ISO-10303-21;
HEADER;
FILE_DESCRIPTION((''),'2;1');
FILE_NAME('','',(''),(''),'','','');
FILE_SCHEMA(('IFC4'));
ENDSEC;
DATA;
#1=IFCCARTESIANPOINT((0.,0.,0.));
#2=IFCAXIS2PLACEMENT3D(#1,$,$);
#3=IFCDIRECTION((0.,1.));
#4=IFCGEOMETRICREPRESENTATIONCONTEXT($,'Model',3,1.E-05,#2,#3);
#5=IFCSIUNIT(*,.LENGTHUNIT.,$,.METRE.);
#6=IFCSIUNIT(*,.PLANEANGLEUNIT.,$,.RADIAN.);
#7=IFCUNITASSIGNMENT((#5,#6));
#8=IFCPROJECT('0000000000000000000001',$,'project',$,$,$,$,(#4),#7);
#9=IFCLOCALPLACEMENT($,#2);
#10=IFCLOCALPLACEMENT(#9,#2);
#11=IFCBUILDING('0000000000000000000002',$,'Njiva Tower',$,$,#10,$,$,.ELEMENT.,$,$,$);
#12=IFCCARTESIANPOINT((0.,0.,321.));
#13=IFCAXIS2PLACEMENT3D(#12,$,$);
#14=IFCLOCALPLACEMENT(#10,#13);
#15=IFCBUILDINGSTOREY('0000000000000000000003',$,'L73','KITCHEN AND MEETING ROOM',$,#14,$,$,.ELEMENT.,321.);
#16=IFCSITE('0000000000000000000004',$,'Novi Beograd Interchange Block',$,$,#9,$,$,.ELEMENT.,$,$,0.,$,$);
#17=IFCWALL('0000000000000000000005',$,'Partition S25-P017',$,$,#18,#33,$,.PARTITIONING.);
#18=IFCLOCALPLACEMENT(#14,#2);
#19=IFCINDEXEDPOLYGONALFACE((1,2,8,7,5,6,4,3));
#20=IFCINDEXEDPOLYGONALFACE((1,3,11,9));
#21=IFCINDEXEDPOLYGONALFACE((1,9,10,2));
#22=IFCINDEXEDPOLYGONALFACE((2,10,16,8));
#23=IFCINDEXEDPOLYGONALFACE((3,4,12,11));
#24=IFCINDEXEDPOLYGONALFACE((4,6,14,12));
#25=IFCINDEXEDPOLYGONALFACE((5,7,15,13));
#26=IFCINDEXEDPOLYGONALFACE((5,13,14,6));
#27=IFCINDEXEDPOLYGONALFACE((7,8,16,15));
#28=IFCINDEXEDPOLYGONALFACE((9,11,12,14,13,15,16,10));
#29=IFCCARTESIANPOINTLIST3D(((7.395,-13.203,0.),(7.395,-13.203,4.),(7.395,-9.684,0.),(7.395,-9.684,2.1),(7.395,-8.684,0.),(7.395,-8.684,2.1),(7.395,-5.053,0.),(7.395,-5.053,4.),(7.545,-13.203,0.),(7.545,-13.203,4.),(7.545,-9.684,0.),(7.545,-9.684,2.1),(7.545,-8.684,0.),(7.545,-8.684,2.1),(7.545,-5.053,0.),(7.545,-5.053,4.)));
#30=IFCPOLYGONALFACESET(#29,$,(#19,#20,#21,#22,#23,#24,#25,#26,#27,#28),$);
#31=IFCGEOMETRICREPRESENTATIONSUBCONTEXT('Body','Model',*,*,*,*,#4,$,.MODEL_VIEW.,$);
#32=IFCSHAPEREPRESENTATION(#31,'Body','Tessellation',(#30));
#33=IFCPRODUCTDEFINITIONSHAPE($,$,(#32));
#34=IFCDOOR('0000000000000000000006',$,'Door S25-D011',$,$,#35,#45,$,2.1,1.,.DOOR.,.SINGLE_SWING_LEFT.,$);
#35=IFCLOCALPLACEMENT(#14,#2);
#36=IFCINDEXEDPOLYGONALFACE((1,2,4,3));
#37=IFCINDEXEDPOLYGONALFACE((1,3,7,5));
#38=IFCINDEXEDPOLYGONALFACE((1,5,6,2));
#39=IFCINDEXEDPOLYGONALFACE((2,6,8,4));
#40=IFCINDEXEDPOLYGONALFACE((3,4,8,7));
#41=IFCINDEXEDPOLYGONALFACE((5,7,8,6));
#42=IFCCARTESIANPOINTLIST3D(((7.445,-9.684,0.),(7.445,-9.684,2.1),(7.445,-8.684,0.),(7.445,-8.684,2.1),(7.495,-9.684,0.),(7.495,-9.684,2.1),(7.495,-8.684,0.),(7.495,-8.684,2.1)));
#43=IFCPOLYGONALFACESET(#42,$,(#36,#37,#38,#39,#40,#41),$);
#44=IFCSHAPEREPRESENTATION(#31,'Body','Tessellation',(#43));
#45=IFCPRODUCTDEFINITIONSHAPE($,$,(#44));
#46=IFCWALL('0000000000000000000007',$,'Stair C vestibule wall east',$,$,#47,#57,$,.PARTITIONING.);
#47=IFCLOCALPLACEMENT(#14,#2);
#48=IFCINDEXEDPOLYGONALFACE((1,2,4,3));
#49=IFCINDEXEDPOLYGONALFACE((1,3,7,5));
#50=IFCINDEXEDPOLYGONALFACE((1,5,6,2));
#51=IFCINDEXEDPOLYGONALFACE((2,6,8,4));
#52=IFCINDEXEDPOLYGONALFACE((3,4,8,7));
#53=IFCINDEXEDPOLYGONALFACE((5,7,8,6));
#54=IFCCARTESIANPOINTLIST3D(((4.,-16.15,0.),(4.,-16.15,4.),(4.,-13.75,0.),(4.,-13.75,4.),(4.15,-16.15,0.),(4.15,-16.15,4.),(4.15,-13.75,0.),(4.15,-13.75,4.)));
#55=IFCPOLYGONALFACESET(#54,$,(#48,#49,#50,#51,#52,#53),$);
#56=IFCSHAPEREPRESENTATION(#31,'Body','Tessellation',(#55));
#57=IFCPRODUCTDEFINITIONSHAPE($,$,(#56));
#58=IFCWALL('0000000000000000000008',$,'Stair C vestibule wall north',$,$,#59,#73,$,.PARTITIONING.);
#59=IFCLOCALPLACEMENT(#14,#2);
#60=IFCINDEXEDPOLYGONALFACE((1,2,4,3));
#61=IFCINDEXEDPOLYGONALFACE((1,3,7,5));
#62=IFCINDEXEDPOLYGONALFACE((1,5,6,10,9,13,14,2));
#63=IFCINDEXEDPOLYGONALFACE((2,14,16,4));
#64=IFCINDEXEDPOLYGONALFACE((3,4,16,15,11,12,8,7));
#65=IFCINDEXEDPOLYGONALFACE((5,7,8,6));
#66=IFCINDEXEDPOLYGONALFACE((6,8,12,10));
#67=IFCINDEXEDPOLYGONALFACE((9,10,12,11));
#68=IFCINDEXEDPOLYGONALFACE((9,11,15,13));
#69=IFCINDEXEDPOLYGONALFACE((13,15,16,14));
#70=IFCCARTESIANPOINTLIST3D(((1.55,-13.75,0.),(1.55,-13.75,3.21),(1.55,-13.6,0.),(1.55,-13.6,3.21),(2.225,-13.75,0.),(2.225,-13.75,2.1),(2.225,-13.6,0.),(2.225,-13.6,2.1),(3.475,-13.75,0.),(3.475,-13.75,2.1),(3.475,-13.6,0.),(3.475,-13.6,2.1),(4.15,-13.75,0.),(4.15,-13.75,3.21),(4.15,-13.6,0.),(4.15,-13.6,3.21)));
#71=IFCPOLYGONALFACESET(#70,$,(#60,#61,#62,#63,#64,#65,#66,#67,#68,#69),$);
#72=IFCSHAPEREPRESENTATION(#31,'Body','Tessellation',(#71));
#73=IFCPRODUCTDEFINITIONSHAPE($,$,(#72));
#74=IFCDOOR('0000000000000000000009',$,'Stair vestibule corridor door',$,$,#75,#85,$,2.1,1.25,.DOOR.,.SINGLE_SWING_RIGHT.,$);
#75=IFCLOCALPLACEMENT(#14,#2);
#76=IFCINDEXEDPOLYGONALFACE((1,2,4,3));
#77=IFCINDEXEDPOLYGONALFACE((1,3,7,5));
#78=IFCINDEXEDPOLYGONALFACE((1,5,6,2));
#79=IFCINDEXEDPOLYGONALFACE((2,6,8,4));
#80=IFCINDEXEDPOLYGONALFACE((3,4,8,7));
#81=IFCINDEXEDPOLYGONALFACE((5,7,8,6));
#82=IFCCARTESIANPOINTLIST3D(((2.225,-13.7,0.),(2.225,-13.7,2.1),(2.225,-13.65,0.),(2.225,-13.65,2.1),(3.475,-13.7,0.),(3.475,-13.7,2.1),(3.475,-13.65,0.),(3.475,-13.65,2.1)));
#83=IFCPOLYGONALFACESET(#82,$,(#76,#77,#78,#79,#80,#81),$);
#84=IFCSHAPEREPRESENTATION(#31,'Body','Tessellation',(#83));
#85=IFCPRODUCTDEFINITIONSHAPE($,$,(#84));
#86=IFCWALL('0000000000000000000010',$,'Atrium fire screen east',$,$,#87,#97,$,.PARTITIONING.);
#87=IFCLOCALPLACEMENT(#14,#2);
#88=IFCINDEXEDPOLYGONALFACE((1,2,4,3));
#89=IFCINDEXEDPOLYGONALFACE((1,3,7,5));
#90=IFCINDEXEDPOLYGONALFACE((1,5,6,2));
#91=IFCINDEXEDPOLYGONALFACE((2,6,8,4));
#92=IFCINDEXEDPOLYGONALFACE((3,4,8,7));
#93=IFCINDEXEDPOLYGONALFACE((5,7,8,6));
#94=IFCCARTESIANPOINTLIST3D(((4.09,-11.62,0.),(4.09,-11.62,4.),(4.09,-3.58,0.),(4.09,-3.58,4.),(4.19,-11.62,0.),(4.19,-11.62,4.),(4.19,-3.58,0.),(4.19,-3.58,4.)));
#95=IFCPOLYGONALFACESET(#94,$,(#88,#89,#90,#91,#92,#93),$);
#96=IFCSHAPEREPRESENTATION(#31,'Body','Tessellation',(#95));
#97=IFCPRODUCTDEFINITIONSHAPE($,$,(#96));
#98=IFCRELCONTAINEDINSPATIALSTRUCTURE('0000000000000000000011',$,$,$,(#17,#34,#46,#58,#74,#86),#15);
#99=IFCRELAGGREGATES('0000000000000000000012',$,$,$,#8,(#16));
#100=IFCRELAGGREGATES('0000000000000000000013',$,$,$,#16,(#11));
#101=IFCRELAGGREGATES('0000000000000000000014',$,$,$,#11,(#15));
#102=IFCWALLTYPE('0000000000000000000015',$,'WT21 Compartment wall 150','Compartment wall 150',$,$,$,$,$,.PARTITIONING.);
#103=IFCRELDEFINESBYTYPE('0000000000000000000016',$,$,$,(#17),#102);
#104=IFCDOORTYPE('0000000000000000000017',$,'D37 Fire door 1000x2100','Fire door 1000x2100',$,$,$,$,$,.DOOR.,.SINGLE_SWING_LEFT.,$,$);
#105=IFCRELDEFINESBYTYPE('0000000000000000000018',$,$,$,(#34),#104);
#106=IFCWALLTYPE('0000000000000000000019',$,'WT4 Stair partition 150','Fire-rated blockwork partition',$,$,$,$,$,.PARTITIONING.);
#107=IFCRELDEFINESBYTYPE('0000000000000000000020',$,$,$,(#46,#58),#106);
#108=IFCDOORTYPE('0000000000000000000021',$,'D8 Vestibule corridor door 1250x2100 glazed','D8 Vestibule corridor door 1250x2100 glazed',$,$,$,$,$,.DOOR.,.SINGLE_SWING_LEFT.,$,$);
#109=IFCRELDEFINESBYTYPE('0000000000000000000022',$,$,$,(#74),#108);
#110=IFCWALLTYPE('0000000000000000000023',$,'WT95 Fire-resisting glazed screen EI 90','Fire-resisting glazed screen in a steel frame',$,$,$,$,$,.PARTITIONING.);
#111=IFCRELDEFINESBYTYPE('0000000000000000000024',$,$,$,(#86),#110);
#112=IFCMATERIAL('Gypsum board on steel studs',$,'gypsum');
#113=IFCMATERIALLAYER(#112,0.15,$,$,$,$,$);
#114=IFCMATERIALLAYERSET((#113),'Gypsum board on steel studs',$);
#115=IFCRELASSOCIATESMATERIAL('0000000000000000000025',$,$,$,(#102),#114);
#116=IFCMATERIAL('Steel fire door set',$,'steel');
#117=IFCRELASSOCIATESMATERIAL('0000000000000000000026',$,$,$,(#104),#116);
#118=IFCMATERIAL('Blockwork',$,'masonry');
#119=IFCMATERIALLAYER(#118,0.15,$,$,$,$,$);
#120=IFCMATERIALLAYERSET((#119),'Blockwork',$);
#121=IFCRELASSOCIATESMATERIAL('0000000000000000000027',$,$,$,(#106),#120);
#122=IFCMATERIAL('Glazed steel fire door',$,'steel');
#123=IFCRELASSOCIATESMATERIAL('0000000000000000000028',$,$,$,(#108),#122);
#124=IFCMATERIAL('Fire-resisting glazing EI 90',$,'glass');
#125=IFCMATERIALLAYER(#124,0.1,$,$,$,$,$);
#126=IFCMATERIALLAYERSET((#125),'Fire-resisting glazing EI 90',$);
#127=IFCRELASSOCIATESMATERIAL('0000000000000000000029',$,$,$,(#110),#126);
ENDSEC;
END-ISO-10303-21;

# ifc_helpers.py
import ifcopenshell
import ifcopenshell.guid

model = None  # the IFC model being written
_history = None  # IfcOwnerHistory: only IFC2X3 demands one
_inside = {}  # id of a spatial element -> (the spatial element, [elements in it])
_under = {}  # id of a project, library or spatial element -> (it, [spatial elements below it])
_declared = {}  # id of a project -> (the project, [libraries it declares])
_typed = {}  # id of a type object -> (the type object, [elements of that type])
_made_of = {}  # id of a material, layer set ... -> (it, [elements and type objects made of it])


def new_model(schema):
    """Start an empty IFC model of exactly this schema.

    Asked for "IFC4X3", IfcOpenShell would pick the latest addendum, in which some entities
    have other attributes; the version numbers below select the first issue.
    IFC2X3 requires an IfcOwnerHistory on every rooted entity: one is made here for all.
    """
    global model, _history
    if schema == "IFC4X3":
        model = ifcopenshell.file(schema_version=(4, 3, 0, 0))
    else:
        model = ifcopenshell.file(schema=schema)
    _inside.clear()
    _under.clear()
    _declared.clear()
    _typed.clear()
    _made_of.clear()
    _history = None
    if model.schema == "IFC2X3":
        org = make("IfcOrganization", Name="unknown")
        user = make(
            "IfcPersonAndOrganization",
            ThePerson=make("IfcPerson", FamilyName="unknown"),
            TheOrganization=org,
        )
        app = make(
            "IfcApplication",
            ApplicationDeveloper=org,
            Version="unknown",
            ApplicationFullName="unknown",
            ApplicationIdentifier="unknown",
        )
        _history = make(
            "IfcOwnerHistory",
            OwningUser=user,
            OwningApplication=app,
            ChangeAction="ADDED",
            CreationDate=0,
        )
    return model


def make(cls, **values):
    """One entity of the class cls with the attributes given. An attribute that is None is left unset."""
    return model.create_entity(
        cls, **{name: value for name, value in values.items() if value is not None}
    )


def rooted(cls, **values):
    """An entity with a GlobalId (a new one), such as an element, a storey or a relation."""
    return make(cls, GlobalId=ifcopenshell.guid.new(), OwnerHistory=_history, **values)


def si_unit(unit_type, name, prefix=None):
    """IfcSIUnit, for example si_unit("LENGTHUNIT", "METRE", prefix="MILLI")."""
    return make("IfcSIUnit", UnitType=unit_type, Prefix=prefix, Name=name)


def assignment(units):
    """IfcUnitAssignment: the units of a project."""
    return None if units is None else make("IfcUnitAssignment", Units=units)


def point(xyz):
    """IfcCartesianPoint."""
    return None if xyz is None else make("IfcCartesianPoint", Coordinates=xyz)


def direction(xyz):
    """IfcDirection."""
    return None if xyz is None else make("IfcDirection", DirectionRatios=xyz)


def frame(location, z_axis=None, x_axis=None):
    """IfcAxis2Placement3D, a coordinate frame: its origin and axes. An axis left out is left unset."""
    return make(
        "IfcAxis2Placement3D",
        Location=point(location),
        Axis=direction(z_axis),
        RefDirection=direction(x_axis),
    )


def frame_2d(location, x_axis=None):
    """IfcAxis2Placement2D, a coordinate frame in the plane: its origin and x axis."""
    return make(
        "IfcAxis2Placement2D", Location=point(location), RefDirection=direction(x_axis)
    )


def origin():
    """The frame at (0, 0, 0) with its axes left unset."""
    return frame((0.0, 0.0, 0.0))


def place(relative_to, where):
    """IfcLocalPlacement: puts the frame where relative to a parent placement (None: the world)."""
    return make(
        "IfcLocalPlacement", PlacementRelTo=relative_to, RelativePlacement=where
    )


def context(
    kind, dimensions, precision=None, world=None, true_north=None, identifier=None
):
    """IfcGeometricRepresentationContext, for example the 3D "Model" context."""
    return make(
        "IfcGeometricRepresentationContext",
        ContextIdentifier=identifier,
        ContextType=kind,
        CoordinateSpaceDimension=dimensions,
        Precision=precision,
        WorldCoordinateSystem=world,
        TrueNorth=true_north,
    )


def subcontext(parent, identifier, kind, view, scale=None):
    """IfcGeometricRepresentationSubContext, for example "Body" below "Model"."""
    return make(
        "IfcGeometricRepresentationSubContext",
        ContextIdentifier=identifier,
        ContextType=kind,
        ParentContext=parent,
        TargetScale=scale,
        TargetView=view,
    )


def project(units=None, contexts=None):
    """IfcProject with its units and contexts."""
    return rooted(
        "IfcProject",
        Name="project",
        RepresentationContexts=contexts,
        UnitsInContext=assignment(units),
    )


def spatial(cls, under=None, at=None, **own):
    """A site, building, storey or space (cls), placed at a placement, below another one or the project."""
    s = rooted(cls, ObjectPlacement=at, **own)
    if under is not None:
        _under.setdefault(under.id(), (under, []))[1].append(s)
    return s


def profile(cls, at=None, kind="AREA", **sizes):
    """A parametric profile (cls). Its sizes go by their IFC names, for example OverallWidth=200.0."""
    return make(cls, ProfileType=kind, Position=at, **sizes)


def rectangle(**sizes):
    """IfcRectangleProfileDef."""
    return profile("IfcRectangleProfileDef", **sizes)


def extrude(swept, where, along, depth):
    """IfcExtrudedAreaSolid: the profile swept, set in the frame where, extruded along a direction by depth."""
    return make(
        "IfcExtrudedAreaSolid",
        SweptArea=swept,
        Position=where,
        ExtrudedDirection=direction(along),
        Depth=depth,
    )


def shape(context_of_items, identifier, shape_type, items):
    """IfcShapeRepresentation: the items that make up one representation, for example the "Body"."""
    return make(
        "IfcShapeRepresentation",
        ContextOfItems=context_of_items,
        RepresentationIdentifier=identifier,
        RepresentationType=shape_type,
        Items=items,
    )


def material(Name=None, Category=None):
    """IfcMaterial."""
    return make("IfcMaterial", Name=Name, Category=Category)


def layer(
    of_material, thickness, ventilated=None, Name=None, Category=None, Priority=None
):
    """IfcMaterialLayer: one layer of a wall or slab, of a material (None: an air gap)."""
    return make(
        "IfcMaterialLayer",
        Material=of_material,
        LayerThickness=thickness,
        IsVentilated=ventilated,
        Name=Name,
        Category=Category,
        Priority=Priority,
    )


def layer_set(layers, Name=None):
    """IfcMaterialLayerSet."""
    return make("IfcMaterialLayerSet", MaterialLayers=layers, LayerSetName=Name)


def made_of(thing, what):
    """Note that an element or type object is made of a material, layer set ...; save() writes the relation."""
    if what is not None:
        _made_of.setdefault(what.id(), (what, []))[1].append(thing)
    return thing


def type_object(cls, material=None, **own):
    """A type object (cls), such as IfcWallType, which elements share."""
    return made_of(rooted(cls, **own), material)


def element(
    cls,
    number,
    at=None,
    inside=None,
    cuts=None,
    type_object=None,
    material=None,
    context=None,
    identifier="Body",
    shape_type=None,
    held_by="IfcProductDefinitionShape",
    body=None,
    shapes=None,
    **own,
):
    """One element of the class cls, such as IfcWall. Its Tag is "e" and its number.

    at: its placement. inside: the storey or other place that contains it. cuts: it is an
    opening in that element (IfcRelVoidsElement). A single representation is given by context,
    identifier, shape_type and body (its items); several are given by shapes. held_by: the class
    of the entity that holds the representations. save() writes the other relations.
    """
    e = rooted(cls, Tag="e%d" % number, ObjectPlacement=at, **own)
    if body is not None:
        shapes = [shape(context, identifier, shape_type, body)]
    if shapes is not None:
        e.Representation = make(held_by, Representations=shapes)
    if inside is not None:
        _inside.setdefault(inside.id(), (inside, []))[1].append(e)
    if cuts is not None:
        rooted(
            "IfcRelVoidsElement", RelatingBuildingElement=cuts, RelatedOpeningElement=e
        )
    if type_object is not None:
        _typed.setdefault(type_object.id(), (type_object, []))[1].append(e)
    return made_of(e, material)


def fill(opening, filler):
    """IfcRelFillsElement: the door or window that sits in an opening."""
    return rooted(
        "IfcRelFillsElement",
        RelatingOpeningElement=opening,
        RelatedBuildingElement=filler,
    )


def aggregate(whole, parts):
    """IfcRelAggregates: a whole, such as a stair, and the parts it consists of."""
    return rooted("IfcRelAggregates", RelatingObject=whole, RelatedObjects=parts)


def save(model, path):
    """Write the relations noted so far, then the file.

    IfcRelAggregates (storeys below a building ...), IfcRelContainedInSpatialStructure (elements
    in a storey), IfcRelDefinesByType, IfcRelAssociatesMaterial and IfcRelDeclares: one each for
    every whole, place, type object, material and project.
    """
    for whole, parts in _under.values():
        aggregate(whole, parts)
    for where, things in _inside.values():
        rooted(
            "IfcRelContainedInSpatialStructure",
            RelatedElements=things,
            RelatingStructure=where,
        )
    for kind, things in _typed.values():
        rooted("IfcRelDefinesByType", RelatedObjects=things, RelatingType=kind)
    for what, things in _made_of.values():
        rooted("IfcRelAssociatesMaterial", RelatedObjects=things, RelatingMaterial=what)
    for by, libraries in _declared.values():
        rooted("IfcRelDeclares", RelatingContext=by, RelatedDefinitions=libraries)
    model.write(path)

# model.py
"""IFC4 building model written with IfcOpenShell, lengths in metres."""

from ifc_helpers import new_model, si_unit, direction, frame, frame_2d, origin, place, context, subcontext, project, spatial, rectangle, extrude, material, layer, layer_set, type_object, element, fill, save


model = new_model("IFC4")

# Units and contexts
model_context = context("Model", 3, precision=1e-05, world=origin(), true_north=direction((0.0, 1.0)))
body_context = subcontext(model_context, "Body", "Model", "MODEL_VIEW")
ifc_project = project(units=[si_unit("LENGTHUNIT", "METRE"), si_unit("PLANEANGLEUNIT", "RADIAN")], contexts=[model_context])

# Site, building, storey
site_placement = place(None, origin())
site = spatial("IfcSite", under=ifc_project, at=site_placement, Name="Novi Beograd Interchange Block", CompositionType="ELEMENT", RefElevation=0.0)
building_placement = place(site_placement, origin())
building = spatial("IfcBuilding", under=site, at=building_placement, Name="Njiva Tower", CompositionType="ELEMENT")
storey_placement = place(building_placement, frame((0.0, 0.0, 321.0)))
storey = spatial("IfcBuildingStorey", under=building, at=storey_placement, Name="L73", Description="KITCHEN AND MEETING ROOM", CompositionType="ELEMENT", Elevation=321.0)

# Shared definitions
ifc_material_1 = material(Name="Gypsum board on steel studs", Category="gypsum")
ifc_layer_1 = layer(ifc_material_1, 0.15)
ifc_layer_set_1 = layer_set([ifc_layer_1], Name="Gypsum board on steel studs")
wall_type_1 = type_object("IfcWallType", Name="WT21 Compartment wall 150", Description="Compartment wall 150", PredefinedType="PARTITIONING", material=ifc_layer_set_1)

# Wall, opening, door
wall_1_placement = place(storey_placement, frame((7.47, -13.203, 0.0), z_axis=(0.0, 0.0, 1.0), x_axis=(0.0, 1.0, 0.0)))
wall_1 = element("IfcWall", 1, at=wall_1_placement, inside=storey, type_object=wall_type_1, Name="Partition S25-P017", PredefinedType="PARTITIONING", context=body_context, shape_type="SweptSolid", body=[
    extrude(rectangle(XDim=8.15, YDim=0.15, at=frame_2d((4.075, 0.0))), origin(), (0.0, 0.0, 1.0), 4.0),
])
opening_1_placement = place(wall_1_placement, frame((3.519, 0.0, 0.0)))
opening_1 = element("IfcOpeningElement", 2, at=opening_1_placement, cuts=wall_1, PredefinedType="OPENING", context=body_context, shape_type="SweptSolid", body=[
    extrude(rectangle(XDim=1.0, YDim=2.1, at=frame_2d((0.5, 1.05))), frame((0.0, 0.085, 0.0), z_axis=(0.0, -1.0, 0.0), x_axis=(1.0, 0.0, 0.0)), (0.0, 0.0, 1.0), 0.17),
])
ifc_material_2 = material(Name="Steel fire door set", Category="steel")
door_type_1 = type_object("IfcDoorType", Name="D37 Fire door 1000x2100", Description="Fire door 1000x2100", OperationType="SINGLE_SWING_LEFT", PredefinedType="DOOR", material=ifc_material_2)
door_1_placement = place(opening_1_placement, origin())
door_1 = element("IfcDoor", 3, at=door_1_placement, inside=storey, type_object=door_type_1, Name="Door S25-D011", OperationType="SINGLE_SWING_LEFT", OverallHeight=2.1, OverallWidth=1.0, PredefinedType="DOOR", context=body_context, shape_type="SweptSolid", body=[
    extrude(rectangle(XDim=1.0, YDim=2.1, at=frame_2d((0.5, 1.05))), frame((0.0, 0.025, 0.0), z_axis=(0.0, -1.0, 0.0), x_axis=(1.0, 0.0, 0.0)), (0.0, 0.0, 1.0), 0.05),
])
fill(opening_1, door_1)

# Wall
ifc_material_3 = material(Name="Blockwork", Category="masonry")
ifc_layer_2 = layer(ifc_material_3, 0.15)
ifc_layer_set_2 = layer_set([ifc_layer_2], Name="Blockwork")
wall_type_2 = type_object("IfcWallType", Name="WT4 Stair partition 150", Description="Fire-rated blockwork partition", PredefinedType="PARTITIONING", material=ifc_layer_set_2)
wall_2_placement = place(storey_placement, frame((4.075, -16.15, 0.0), z_axis=(0.0, 0.0, 1.0), x_axis=(0.0, 1.0, 0.0)))
element("IfcWall", 4, at=wall_2_placement, inside=storey, type_object=wall_type_2, Name="Stair C vestibule wall east", PredefinedType="PARTITIONING", context=body_context, shape_type="SweptSolid", body=[
    extrude(rectangle(XDim=2.4, YDim=0.15, at=frame_2d((1.2, 0.0))), origin(), (0.0, 0.0, 1.0), 4.0),
])

# Wall, opening, door
wall_3_placement = place(storey_placement, frame((1.55, -13.675, 0.0), z_axis=(0.0, 0.0, 1.0), x_axis=(1.0, 0.0, 0.0)))
wall_3 = element("IfcWall", 5, at=wall_3_placement, inside=storey, type_object=wall_type_2, Name="Stair C vestibule wall north", PredefinedType="PARTITIONING", context=body_context, shape_type="SweptSolid", body=[
    extrude(rectangle(XDim=2.6, YDim=0.15, at=frame_2d((1.3, 0.0))), origin(), (0.0, 0.0, 1.0), 3.21),
])
opening_2_placement = place(wall_3_placement, frame((0.675, 0.0, 0.0)))
opening_2 = element("IfcOpeningElement", 6, at=opening_2_placement, cuts=wall_3, PredefinedType="OPENING", context=body_context, shape_type="SweptSolid", body=[
    extrude(rectangle(XDim=1.25, YDim=2.1, at=frame_2d((0.625, 1.05))), frame((0.0, 0.085, 0.0), z_axis=(0.0, -1.0, 0.0), x_axis=(1.0, 0.0, 0.0)), (0.0, 0.0, 1.0), 0.17),
])
ifc_material_4 = material(Name="Glazed steel fire door", Category="steel")
door_type_2 = type_object("IfcDoorType", Name="D8 Vestibule corridor door 1250x2100 glazed", Description="D8 Vestibule corridor door 1250x2100 glazed", OperationType="SINGLE_SWING_LEFT", PredefinedType="DOOR", material=ifc_material_4)
door_2_placement = place(opening_2_placement, origin())
door_2 = element("IfcDoor", 7, at=door_2_placement, inside=storey, type_object=door_type_2, Name="Stair vestibule corridor door", OperationType="SINGLE_SWING_RIGHT", OverallHeight=2.1, OverallWidth=1.25, PredefinedType="DOOR", context=body_context, shape_type="SweptSolid", body=[
    extrude(rectangle(XDim=1.25, YDim=2.1, at=frame_2d((0.625, 1.05))), frame((0.0, 0.025, 0.0), z_axis=(0.0, -1.0, 0.0), x_axis=(1.0, 0.0, 0.0)), (0.0, 0.0, 1.0), 0.05),
])
fill(opening_2, door_2)

# Wall
ifc_material_5 = material(Name="Fire-resisting glazing EI 90", Category="glass")
ifc_layer_3 = layer(ifc_material_5, 0.1)
ifc_layer_set_3 = layer_set([ifc_layer_3], Name="Fire-resisting glazing EI 90")
wall_type_3 = type_object("IfcWallType", Name="WT95 Fire-resisting glazed screen EI 90", Description="Fire-resisting glazed screen in a steel frame", PredefinedType="PARTITIONING", material=ifc_layer_set_3)
wall_4_placement = place(storey_placement, frame((4.14, -11.62, 0.0), z_axis=(0.0, 0.0, 1.0), x_axis=(0.0, 1.0, 0.0)))
element("IfcWall", 8, at=wall_4_placement, inside=storey, type_object=wall_type_3, Name="Atrium fire screen east", PredefinedType="PARTITIONING", context=body_context, shape_type="SweptSolid", body=[
    extrude(rectangle(XDim=8.04, YDim=0.1, at=frame_2d((4.02, 0.0))), origin(), (0.0, 0.0, 1.0), 4.0),
])

save(model, "model.ifc")
